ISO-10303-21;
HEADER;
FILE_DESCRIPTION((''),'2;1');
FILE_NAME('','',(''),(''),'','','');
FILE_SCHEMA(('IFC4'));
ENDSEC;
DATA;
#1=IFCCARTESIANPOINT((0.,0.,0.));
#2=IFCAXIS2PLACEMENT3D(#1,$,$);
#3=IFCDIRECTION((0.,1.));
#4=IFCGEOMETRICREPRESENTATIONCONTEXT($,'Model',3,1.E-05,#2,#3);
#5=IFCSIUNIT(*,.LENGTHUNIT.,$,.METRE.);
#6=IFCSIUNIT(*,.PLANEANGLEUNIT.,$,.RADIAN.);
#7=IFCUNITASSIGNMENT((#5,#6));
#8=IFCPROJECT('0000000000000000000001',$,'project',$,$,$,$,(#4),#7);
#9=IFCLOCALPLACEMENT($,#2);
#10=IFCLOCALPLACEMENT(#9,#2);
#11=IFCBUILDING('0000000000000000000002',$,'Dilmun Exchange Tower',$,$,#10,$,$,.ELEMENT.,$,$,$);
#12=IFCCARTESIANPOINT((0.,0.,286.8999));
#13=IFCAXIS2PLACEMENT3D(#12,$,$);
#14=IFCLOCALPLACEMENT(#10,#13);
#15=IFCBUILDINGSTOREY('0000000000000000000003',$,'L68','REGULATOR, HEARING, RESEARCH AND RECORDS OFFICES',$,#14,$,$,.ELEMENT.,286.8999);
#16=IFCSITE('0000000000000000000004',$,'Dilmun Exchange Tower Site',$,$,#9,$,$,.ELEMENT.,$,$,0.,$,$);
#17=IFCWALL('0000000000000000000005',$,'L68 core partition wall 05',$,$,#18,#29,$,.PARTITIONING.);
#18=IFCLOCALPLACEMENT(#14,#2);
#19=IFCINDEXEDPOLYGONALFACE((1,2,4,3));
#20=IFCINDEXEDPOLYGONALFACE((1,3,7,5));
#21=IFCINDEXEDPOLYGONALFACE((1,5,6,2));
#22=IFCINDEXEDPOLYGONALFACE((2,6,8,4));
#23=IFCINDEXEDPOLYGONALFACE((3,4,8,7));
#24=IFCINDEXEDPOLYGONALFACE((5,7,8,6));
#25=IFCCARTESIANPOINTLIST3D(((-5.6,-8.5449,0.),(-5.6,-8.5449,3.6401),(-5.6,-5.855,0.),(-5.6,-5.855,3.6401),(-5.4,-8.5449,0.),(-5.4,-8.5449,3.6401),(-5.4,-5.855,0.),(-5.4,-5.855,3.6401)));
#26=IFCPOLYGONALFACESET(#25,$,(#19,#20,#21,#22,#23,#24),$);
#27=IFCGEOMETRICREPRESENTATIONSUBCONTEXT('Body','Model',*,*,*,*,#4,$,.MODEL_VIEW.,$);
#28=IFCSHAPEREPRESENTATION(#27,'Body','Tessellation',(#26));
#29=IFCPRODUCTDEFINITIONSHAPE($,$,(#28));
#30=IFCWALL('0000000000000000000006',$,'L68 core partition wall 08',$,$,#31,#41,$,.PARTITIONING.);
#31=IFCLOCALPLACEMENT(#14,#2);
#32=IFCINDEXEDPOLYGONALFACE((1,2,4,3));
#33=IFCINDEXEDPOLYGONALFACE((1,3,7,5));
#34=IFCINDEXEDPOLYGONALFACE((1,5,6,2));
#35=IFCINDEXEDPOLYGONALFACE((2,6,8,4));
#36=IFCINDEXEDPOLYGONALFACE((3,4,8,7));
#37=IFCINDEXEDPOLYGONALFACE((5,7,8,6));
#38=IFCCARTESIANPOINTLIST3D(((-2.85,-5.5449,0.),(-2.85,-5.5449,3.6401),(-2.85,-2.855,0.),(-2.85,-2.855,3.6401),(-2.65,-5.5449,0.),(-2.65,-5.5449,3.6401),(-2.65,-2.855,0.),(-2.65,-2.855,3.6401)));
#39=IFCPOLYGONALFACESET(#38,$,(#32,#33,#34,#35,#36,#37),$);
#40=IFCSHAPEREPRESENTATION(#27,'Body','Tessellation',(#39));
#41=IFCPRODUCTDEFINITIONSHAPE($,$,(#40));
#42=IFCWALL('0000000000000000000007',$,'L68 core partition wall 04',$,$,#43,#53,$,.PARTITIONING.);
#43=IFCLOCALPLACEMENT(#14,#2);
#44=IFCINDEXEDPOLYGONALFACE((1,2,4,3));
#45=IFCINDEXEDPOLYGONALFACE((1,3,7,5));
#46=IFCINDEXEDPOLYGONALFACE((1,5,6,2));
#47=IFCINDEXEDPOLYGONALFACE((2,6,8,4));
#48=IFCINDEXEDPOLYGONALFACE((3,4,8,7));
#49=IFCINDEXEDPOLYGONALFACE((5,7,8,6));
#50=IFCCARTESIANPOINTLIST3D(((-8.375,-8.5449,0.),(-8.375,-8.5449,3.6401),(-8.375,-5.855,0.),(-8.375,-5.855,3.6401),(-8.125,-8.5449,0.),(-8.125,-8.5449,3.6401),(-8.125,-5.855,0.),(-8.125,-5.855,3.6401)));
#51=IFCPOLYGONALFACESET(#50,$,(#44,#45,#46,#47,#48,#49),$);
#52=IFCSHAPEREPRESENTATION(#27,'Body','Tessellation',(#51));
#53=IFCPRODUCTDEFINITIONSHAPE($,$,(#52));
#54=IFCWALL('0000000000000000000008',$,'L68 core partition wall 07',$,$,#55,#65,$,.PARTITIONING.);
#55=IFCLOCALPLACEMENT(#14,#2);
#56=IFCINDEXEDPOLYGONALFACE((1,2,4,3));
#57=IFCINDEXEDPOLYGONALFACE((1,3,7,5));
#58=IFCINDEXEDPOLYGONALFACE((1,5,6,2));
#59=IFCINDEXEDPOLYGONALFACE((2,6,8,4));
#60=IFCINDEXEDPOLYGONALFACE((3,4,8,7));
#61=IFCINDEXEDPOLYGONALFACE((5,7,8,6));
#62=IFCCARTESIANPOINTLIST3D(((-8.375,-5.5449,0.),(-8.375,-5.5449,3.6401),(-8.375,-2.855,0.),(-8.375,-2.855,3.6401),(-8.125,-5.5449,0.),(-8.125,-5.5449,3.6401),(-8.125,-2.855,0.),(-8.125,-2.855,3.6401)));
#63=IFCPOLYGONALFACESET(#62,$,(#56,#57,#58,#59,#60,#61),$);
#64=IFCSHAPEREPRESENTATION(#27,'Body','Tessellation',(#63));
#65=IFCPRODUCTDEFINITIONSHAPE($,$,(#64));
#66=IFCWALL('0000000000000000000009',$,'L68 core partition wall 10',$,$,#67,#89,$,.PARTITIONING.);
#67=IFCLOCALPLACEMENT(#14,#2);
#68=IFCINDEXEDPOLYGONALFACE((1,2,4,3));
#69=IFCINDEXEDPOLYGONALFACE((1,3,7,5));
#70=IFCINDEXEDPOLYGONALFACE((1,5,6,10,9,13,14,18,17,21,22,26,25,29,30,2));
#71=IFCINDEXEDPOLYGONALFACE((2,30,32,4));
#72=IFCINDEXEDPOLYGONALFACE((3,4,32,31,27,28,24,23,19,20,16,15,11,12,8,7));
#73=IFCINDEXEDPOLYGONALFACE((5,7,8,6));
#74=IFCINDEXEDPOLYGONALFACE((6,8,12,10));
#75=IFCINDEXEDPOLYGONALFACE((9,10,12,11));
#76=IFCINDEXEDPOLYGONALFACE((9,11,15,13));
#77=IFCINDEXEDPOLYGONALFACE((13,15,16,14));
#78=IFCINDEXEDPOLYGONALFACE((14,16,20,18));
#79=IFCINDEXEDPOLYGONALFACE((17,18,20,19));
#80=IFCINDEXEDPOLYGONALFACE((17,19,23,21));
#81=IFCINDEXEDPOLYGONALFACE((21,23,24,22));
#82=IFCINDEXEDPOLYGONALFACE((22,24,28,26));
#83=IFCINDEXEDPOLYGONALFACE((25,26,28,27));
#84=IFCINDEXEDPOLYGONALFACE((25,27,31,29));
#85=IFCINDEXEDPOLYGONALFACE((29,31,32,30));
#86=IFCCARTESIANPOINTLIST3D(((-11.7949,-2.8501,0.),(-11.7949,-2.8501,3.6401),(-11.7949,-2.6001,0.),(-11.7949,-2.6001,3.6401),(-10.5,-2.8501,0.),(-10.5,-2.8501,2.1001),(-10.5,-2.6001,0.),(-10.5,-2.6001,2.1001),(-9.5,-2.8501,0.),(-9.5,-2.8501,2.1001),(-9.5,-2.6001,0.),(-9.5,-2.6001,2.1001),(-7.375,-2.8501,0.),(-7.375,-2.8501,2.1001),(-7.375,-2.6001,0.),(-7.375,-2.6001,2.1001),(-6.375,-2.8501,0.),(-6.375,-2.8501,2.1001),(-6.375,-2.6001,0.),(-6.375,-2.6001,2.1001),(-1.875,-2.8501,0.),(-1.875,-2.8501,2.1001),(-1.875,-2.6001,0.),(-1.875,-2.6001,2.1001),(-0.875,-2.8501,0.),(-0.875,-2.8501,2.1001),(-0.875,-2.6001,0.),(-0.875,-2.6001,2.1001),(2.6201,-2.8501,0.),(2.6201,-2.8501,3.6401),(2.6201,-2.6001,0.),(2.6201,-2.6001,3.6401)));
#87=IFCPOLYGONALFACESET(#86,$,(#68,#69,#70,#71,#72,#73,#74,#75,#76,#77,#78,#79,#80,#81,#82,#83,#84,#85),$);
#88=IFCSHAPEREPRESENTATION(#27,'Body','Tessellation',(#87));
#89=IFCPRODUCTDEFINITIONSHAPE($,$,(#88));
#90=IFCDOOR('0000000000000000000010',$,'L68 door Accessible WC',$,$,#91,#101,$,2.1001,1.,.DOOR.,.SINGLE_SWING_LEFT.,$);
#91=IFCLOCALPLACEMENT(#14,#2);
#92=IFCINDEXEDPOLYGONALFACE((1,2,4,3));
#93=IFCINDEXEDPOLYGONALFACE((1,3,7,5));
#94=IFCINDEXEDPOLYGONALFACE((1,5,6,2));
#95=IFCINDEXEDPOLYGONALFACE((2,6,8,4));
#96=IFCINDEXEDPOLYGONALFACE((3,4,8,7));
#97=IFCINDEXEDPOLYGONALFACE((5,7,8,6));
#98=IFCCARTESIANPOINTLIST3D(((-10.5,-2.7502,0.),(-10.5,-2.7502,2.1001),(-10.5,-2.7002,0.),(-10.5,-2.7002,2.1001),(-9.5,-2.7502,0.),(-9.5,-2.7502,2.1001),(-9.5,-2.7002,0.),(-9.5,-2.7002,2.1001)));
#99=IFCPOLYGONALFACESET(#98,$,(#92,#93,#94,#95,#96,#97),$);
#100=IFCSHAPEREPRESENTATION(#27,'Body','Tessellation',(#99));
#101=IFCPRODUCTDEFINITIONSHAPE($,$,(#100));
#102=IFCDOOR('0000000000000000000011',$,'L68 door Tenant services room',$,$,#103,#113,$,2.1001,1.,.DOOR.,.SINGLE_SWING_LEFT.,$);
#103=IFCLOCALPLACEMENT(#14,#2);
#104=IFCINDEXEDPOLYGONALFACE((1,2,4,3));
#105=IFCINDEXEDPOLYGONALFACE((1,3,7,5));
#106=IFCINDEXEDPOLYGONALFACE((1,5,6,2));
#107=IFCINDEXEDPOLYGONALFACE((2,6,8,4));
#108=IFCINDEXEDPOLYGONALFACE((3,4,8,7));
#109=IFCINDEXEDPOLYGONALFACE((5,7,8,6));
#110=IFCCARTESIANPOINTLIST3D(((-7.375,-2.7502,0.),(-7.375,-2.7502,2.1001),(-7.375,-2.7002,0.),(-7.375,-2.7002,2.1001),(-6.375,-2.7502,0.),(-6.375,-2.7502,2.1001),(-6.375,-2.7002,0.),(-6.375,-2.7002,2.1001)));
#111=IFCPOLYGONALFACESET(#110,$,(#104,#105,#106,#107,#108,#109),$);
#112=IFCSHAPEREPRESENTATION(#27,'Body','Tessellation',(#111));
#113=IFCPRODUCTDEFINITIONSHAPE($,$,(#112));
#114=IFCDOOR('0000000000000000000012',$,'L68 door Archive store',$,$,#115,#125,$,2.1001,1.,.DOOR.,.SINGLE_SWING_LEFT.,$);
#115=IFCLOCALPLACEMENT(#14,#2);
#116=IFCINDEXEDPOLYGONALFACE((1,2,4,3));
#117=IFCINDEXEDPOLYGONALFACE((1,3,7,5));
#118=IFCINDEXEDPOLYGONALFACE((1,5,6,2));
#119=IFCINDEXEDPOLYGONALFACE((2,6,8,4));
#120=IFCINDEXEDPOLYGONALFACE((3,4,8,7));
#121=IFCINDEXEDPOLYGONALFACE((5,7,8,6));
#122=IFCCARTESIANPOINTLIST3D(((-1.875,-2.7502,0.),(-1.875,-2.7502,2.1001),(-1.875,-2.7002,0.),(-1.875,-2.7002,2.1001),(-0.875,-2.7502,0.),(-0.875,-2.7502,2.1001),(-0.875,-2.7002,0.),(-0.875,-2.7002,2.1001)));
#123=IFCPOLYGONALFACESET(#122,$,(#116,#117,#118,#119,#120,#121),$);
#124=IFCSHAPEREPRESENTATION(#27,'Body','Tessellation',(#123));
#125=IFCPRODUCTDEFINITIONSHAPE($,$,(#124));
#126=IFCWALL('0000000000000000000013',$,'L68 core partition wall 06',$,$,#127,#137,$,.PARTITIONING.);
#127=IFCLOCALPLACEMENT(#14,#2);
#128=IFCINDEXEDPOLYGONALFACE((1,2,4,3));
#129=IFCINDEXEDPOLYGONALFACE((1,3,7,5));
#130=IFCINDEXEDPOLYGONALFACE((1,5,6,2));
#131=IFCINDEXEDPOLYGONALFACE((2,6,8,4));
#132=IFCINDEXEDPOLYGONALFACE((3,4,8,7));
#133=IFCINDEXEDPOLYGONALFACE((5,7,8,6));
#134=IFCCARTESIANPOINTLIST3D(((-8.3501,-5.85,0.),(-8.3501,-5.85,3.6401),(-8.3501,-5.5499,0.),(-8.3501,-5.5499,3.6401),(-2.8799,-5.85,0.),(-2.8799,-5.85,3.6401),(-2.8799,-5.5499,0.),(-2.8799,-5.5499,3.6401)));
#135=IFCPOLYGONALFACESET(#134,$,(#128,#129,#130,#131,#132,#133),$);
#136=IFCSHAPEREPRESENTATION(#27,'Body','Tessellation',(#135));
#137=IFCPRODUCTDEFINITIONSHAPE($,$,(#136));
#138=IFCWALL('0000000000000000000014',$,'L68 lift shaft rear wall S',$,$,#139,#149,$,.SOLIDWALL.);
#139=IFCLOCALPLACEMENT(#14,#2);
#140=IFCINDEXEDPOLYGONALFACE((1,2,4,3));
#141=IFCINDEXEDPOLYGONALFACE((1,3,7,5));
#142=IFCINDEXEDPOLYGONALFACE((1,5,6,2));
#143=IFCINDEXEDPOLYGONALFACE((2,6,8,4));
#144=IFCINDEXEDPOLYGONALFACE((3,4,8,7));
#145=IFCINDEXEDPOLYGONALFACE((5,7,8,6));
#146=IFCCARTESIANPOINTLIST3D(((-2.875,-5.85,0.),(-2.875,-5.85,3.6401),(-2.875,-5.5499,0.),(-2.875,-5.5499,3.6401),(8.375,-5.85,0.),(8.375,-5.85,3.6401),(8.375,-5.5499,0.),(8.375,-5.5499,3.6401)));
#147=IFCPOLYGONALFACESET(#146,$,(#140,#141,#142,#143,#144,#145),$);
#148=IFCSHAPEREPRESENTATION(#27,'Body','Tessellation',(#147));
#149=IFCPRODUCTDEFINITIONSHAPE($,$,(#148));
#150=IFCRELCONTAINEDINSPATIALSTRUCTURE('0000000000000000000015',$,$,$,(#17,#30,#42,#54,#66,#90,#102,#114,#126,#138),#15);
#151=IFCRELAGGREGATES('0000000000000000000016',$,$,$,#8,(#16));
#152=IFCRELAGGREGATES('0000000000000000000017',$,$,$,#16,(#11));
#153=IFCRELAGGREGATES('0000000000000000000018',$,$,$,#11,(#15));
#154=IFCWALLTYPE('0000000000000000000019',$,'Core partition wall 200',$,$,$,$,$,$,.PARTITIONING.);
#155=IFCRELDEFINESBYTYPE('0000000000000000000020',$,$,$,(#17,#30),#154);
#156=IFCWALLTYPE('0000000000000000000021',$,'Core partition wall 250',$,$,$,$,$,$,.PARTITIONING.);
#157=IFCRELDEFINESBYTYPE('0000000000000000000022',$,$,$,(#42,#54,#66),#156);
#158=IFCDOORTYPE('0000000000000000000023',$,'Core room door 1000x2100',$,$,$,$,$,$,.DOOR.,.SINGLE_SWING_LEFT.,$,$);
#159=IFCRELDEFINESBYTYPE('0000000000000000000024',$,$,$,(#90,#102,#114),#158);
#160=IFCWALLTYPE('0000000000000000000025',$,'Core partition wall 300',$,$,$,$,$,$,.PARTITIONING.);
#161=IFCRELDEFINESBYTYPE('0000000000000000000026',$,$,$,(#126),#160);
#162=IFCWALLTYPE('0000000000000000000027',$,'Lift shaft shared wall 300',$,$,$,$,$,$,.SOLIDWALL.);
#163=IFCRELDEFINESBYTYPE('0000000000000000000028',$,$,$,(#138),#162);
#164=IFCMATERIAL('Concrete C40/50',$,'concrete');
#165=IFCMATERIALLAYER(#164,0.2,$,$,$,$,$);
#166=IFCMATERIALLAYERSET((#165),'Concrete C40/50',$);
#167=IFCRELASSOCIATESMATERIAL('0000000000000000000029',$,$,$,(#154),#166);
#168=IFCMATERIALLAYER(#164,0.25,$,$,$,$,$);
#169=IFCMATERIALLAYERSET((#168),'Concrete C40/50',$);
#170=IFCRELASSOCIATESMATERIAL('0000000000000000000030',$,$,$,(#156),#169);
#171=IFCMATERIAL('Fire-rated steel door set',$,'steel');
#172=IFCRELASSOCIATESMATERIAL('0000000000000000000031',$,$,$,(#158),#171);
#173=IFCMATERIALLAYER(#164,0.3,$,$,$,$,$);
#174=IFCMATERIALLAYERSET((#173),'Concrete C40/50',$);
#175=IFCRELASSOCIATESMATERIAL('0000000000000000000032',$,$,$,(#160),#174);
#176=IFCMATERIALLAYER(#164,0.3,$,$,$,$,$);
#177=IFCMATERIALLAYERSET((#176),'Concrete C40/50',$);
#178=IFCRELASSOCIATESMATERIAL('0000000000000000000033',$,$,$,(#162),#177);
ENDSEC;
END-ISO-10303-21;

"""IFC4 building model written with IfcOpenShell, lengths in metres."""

from ifc_helpers import new_model, si_unit, direction, frame, frame_2d, origin, place, context, subcontext, project, spatial, rectangle, extrude, material, layer, layer_set, type_object, element, fill, save


model = new_model("IFC4")

# Units and contexts
model_context = context("Model", 3, precision=1e-05, world=origin(), true_north=direction((0.0, 1.0)))
body_context = subcontext(model_context, "Body", "Model", "MODEL_VIEW")
ifc_project = project(units=[si_unit("LENGTHUNIT", "METRE"), si_unit("PLANEANGLEUNIT", "RADIAN")], contexts=[model_context])

# Site, building, storey
site_placement = place(None, origin())
site = spatial("IfcSite", under=ifc_project, at=site_placement, Name="Dilmun Exchange Tower Site", CompositionType="ELEMENT", RefElevation=0.0)
building_placement = place(site_placement, origin())
building = spatial("IfcBuilding", under=site, at=building_placement, Name="Dilmun Exchange Tower", CompositionType="ELEMENT")
storey_placement = place(building_placement, frame((0.0, 0.0, 286.8999)))
storey = spatial("IfcBuildingStorey", under=building, at=storey_placement, Name="L68", Description="REGULATOR, HEARING, RESEARCH AND RECORDS OFFICES", CompositionType="ELEMENT", Elevation=286.8999)

# Walls
ifc_material_1 = material(Name="Concrete C40/50", Category="concrete")
ifc_layer_1 = layer(ifc_material_1, 0.2)
ifc_layer_set_1 = layer_set([ifc_layer_1], Name="Concrete C40/50")
wall_type_1 = type_object("IfcWallType", Name="Core partition wall 200", PredefinedType="PARTITIONING", material=ifc_layer_set_1)
for number, where, z_axis, x_axis, name in (
    (1, (-5.5, -8.5449, 0.0), (0.0, 0.0, 1.0), (0.0, 1.0, 0.0), "L68 core partition wall 05"),
    (2, (-2.75, -5.5449, 0.0), (0.0, 0.0, 1.0), (0.0, 1.0, 0.0), "L68 core partition wall 08"),
):
    element("IfcWall", number, at=place(storey_placement, frame(where, z_axis=z_axis, x_axis=x_axis)), inside=storey, type_object=wall_type_1, Name=name, PredefinedType="PARTITIONING", context=body_context, shape_type="SweptSolid", body=[
        extrude(rectangle(XDim=2.6899, YDim=0.2, at=frame_2d((1.345, 0.0))), origin(), (0.0, 0.0, 1.0), 3.6401),
    ])
ifc_layer_2 = layer(ifc_material_1, 0.25)
ifc_layer_set_2 = layer_set([ifc_layer_2], Name="Concrete C40/50")
wall_type_2 = type_object("IfcWallType", Name="Core partition wall 250", PredefinedType="PARTITIONING", material=ifc_layer_set_2)
for number, where, z_axis, x_axis, name in (
    (3, (-8.25, -8.5449, 0.0), (0.0, 0.0, 1.0), (0.0, 1.0, 0.0), "L68 core partition wall 04"),
    (4, (-8.25, -5.5449, 0.0), (0.0, 0.0, 1.0), (0.0, 1.0, 0.0), "L68 core partition wall 07"),
):
    element("IfcWall", number, at=place(storey_placement, frame(where, z_axis=z_axis, x_axis=x_axis)), inside=storey, type_object=wall_type_2, Name=name, PredefinedType="PARTITIONING", context=body_context, shape_type="SweptSolid", body=[
        extrude(rectangle(XDim=2.6899, YDim=0.25, at=frame_2d((1.345, 0.0))), origin(), (0.0, 0.0, 1.0), 3.6401),
    ])

# Wall, openings, doors
wall_1_placement = place(storey_placement, frame((-11.7949, -2.7251, 0.0), z_axis=(0.0, 0.0, 1.0), x_axis=(1.0, 0.0, 0.0)))
wall_1 = element("IfcWall", 5, at=wall_1_placement, inside=storey, type_object=wall_type_2, Name="L68 core partition wall 10", PredefinedType="PARTITIONING", context=body_context, shape_type="SweptSolid", body=[
    extrude(rectangle(XDim=14.415, YDim=0.25, at=frame_2d((7.2075, 0.0))), origin(), (0.0, 0.0, 1.0), 3.6401),
])
opening_1_placement = place(wall_1_placement, frame((1.2949, 0.0, 0.0)))
opening_1 = element("IfcOpeningElement", 6, at=opening_1_placement, cuts=wall_1, PredefinedType="OPENING", context=body_context, shape_type="SweptSolid", body=[
    extrude(rectangle(XDim=1.0, YDim=2.1001, at=frame_2d((0.5, 1.05))), frame((0.0, 0.135, 0.0), z_axis=(0.0, -1.0, 0.0), x_axis=(1.0, 0.0, 0.0)), (0.0, 0.0, 1.0), 0.27),
])
opening_2_placement = place(wall_1_placement, frame((4.4199, 0.0, 0.0)))
opening_2 = element("IfcOpeningElement", 7, at=opening_2_placement, cuts=wall_1, PredefinedType="OPENING", context=body_context, shape_type="SweptSolid", body=[
    extrude(rectangle(XDim=1.0, YDim=2.1001, at=frame_2d((0.5, 1.05))), frame((0.0, 0.135, 0.0), z_axis=(0.0, -1.0, 0.0), x_axis=(1.0, 0.0, 0.0)), (0.0, 0.0, 1.0), 0.27),
])
opening_3_placement = place(wall_1_placement, frame((9.9199, 0.0, 0.0)))
opening_3 = element("IfcOpeningElement", 8, at=opening_3_placement, cuts=wall_1, PredefinedType="OPENING", context=body_context, shape_type="SweptSolid", body=[
    extrude(rectangle(XDim=1.0, YDim=2.1001, at=frame_2d((0.5, 1.05))), frame((0.0, 0.135, 0.0), z_axis=(0.0, -1.0, 0.0), x_axis=(1.0, 0.0, 0.0)), (0.0, 0.0, 1.0), 0.27),
])
ifc_material_2 = material(Name="Fire-rated steel door set", Category="steel")
door_type_1 = type_object("IfcDoorType", Name="Core room door 1000x2100", OperationType="SINGLE_SWING_LEFT", PredefinedType="DOOR", material=ifc_material_2)
door_1_placement = place(opening_1_placement, origin())
door_1 = element("IfcDoor", 9, at=door_1_placement, inside=storey, type_object=door_type_1, Name="L68 door Accessible WC", OperationType="SINGLE_SWING_LEFT", OverallHeight=2.1001, OverallWidth=1.0, PredefinedType="DOOR", context=body_context, shape_type="SweptSolid", body=[
    extrude(rectangle(XDim=1.0, YDim=2.1001, at=frame_2d((0.5, 1.05))), frame((0.0, 0.0249, 0.0), z_axis=(0.0, -1.0, 0.0), x_axis=(1.0, 0.0, 0.0)), (0.0, 0.0, 1.0), 0.05),
])
fill(opening_1, door_1)
door_2_placement = place(opening_2_placement, origin())
door_2 = element("IfcDoor", 10, at=door_2_placement, inside=storey, type_object=door_type_1, Name="L68 door Tenant services room", OperationType="SINGLE_SWING_LEFT", OverallHeight=2.1001, OverallWidth=1.0, PredefinedType="DOOR", context=body_context, shape_type="SweptSolid", body=[
    extrude(rectangle(XDim=1.0, YDim=2.1001, at=frame_2d((0.5, 1.05))), frame((0.0, 0.0249, 0.0), z_axis=(0.0, -1.0, 0.0), x_axis=(1.0, 0.0, 0.0)), (0.0, 0.0, 1.0), 0.05),
])
fill(opening_2, door_2)
door_3_placement = place(opening_3_placement, origin())
door_3 = element("IfcDoor", 11, at=door_3_placement, inside=storey, type_object=door_type_1, Name="L68 door Archive store", OperationType="SINGLE_SWING_LEFT", OverallHeight=2.1001, OverallWidth=1.0, PredefinedType="DOOR", context=body_context, shape_type="SweptSolid", body=[
    extrude(rectangle(XDim=1.0, YDim=2.1001, at=frame_2d((0.5, 1.05))), frame((0.0, 0.0249, 0.0), z_axis=(0.0, -1.0, 0.0), x_axis=(1.0, 0.0, 0.0)), (0.0, 0.0, 1.0), 0.05),
])
fill(opening_3, door_3)

# Walls
ifc_layer_3 = layer(ifc_material_1, 0.3)
ifc_layer_set_3 = layer_set([ifc_layer_3], Name="Concrete C40/50")
wall_type_3 = type_object("IfcWallType", Name="Core partition wall 300", PredefinedType="PARTITIONING", material=ifc_layer_set_3)
wall_2_placement = place(storey_placement, frame((-8.3501, -5.7, 0.0), z_axis=(0.0, 0.0, 1.0), x_axis=(1.0, 0.0, 0.0)))
element("IfcWall", 12, at=wall_2_placement, inside=storey, type_object=wall_type_3, Name="L68 core partition wall 06", PredefinedType="PARTITIONING", context=body_context, shape_type="SweptSolid", body=[
    extrude(rectangle(XDim=5.4702, YDim=0.3, at=frame_2d((2.7351, 0.0))), origin(), (0.0, 0.0, 1.0), 3.6401),
])
ifc_layer_4 = layer(ifc_material_1, 0.3)
ifc_layer_set_4 = layer_set([ifc_layer_4], Name="Concrete C40/50")
wall_type_4 = type_object("IfcWallType", Name="Lift shaft shared wall 300", PredefinedType="SOLIDWALL", material=ifc_layer_set_4)
wall_3_placement = place(storey_placement, frame((-2.875, -5.7, 0.0), z_axis=(0.0, 0.0, 1.0), x_axis=(1.0, 0.0, 0.0)))
element("IfcWall", 13, at=wall_3_placement, inside=storey, type_object=wall_type_4, Name="L68 lift shaft rear wall S", PredefinedType="SOLIDWALL", context=body_context, shape_type="SweptSolid", body=[
    extrude(rectangle(XDim=11.25, YDim=0.3, at=frame_2d((5.625, 0.0))), origin(), (0.0, 0.0, 1.0), 3.6401),
])

save(model, "model.ifc")
